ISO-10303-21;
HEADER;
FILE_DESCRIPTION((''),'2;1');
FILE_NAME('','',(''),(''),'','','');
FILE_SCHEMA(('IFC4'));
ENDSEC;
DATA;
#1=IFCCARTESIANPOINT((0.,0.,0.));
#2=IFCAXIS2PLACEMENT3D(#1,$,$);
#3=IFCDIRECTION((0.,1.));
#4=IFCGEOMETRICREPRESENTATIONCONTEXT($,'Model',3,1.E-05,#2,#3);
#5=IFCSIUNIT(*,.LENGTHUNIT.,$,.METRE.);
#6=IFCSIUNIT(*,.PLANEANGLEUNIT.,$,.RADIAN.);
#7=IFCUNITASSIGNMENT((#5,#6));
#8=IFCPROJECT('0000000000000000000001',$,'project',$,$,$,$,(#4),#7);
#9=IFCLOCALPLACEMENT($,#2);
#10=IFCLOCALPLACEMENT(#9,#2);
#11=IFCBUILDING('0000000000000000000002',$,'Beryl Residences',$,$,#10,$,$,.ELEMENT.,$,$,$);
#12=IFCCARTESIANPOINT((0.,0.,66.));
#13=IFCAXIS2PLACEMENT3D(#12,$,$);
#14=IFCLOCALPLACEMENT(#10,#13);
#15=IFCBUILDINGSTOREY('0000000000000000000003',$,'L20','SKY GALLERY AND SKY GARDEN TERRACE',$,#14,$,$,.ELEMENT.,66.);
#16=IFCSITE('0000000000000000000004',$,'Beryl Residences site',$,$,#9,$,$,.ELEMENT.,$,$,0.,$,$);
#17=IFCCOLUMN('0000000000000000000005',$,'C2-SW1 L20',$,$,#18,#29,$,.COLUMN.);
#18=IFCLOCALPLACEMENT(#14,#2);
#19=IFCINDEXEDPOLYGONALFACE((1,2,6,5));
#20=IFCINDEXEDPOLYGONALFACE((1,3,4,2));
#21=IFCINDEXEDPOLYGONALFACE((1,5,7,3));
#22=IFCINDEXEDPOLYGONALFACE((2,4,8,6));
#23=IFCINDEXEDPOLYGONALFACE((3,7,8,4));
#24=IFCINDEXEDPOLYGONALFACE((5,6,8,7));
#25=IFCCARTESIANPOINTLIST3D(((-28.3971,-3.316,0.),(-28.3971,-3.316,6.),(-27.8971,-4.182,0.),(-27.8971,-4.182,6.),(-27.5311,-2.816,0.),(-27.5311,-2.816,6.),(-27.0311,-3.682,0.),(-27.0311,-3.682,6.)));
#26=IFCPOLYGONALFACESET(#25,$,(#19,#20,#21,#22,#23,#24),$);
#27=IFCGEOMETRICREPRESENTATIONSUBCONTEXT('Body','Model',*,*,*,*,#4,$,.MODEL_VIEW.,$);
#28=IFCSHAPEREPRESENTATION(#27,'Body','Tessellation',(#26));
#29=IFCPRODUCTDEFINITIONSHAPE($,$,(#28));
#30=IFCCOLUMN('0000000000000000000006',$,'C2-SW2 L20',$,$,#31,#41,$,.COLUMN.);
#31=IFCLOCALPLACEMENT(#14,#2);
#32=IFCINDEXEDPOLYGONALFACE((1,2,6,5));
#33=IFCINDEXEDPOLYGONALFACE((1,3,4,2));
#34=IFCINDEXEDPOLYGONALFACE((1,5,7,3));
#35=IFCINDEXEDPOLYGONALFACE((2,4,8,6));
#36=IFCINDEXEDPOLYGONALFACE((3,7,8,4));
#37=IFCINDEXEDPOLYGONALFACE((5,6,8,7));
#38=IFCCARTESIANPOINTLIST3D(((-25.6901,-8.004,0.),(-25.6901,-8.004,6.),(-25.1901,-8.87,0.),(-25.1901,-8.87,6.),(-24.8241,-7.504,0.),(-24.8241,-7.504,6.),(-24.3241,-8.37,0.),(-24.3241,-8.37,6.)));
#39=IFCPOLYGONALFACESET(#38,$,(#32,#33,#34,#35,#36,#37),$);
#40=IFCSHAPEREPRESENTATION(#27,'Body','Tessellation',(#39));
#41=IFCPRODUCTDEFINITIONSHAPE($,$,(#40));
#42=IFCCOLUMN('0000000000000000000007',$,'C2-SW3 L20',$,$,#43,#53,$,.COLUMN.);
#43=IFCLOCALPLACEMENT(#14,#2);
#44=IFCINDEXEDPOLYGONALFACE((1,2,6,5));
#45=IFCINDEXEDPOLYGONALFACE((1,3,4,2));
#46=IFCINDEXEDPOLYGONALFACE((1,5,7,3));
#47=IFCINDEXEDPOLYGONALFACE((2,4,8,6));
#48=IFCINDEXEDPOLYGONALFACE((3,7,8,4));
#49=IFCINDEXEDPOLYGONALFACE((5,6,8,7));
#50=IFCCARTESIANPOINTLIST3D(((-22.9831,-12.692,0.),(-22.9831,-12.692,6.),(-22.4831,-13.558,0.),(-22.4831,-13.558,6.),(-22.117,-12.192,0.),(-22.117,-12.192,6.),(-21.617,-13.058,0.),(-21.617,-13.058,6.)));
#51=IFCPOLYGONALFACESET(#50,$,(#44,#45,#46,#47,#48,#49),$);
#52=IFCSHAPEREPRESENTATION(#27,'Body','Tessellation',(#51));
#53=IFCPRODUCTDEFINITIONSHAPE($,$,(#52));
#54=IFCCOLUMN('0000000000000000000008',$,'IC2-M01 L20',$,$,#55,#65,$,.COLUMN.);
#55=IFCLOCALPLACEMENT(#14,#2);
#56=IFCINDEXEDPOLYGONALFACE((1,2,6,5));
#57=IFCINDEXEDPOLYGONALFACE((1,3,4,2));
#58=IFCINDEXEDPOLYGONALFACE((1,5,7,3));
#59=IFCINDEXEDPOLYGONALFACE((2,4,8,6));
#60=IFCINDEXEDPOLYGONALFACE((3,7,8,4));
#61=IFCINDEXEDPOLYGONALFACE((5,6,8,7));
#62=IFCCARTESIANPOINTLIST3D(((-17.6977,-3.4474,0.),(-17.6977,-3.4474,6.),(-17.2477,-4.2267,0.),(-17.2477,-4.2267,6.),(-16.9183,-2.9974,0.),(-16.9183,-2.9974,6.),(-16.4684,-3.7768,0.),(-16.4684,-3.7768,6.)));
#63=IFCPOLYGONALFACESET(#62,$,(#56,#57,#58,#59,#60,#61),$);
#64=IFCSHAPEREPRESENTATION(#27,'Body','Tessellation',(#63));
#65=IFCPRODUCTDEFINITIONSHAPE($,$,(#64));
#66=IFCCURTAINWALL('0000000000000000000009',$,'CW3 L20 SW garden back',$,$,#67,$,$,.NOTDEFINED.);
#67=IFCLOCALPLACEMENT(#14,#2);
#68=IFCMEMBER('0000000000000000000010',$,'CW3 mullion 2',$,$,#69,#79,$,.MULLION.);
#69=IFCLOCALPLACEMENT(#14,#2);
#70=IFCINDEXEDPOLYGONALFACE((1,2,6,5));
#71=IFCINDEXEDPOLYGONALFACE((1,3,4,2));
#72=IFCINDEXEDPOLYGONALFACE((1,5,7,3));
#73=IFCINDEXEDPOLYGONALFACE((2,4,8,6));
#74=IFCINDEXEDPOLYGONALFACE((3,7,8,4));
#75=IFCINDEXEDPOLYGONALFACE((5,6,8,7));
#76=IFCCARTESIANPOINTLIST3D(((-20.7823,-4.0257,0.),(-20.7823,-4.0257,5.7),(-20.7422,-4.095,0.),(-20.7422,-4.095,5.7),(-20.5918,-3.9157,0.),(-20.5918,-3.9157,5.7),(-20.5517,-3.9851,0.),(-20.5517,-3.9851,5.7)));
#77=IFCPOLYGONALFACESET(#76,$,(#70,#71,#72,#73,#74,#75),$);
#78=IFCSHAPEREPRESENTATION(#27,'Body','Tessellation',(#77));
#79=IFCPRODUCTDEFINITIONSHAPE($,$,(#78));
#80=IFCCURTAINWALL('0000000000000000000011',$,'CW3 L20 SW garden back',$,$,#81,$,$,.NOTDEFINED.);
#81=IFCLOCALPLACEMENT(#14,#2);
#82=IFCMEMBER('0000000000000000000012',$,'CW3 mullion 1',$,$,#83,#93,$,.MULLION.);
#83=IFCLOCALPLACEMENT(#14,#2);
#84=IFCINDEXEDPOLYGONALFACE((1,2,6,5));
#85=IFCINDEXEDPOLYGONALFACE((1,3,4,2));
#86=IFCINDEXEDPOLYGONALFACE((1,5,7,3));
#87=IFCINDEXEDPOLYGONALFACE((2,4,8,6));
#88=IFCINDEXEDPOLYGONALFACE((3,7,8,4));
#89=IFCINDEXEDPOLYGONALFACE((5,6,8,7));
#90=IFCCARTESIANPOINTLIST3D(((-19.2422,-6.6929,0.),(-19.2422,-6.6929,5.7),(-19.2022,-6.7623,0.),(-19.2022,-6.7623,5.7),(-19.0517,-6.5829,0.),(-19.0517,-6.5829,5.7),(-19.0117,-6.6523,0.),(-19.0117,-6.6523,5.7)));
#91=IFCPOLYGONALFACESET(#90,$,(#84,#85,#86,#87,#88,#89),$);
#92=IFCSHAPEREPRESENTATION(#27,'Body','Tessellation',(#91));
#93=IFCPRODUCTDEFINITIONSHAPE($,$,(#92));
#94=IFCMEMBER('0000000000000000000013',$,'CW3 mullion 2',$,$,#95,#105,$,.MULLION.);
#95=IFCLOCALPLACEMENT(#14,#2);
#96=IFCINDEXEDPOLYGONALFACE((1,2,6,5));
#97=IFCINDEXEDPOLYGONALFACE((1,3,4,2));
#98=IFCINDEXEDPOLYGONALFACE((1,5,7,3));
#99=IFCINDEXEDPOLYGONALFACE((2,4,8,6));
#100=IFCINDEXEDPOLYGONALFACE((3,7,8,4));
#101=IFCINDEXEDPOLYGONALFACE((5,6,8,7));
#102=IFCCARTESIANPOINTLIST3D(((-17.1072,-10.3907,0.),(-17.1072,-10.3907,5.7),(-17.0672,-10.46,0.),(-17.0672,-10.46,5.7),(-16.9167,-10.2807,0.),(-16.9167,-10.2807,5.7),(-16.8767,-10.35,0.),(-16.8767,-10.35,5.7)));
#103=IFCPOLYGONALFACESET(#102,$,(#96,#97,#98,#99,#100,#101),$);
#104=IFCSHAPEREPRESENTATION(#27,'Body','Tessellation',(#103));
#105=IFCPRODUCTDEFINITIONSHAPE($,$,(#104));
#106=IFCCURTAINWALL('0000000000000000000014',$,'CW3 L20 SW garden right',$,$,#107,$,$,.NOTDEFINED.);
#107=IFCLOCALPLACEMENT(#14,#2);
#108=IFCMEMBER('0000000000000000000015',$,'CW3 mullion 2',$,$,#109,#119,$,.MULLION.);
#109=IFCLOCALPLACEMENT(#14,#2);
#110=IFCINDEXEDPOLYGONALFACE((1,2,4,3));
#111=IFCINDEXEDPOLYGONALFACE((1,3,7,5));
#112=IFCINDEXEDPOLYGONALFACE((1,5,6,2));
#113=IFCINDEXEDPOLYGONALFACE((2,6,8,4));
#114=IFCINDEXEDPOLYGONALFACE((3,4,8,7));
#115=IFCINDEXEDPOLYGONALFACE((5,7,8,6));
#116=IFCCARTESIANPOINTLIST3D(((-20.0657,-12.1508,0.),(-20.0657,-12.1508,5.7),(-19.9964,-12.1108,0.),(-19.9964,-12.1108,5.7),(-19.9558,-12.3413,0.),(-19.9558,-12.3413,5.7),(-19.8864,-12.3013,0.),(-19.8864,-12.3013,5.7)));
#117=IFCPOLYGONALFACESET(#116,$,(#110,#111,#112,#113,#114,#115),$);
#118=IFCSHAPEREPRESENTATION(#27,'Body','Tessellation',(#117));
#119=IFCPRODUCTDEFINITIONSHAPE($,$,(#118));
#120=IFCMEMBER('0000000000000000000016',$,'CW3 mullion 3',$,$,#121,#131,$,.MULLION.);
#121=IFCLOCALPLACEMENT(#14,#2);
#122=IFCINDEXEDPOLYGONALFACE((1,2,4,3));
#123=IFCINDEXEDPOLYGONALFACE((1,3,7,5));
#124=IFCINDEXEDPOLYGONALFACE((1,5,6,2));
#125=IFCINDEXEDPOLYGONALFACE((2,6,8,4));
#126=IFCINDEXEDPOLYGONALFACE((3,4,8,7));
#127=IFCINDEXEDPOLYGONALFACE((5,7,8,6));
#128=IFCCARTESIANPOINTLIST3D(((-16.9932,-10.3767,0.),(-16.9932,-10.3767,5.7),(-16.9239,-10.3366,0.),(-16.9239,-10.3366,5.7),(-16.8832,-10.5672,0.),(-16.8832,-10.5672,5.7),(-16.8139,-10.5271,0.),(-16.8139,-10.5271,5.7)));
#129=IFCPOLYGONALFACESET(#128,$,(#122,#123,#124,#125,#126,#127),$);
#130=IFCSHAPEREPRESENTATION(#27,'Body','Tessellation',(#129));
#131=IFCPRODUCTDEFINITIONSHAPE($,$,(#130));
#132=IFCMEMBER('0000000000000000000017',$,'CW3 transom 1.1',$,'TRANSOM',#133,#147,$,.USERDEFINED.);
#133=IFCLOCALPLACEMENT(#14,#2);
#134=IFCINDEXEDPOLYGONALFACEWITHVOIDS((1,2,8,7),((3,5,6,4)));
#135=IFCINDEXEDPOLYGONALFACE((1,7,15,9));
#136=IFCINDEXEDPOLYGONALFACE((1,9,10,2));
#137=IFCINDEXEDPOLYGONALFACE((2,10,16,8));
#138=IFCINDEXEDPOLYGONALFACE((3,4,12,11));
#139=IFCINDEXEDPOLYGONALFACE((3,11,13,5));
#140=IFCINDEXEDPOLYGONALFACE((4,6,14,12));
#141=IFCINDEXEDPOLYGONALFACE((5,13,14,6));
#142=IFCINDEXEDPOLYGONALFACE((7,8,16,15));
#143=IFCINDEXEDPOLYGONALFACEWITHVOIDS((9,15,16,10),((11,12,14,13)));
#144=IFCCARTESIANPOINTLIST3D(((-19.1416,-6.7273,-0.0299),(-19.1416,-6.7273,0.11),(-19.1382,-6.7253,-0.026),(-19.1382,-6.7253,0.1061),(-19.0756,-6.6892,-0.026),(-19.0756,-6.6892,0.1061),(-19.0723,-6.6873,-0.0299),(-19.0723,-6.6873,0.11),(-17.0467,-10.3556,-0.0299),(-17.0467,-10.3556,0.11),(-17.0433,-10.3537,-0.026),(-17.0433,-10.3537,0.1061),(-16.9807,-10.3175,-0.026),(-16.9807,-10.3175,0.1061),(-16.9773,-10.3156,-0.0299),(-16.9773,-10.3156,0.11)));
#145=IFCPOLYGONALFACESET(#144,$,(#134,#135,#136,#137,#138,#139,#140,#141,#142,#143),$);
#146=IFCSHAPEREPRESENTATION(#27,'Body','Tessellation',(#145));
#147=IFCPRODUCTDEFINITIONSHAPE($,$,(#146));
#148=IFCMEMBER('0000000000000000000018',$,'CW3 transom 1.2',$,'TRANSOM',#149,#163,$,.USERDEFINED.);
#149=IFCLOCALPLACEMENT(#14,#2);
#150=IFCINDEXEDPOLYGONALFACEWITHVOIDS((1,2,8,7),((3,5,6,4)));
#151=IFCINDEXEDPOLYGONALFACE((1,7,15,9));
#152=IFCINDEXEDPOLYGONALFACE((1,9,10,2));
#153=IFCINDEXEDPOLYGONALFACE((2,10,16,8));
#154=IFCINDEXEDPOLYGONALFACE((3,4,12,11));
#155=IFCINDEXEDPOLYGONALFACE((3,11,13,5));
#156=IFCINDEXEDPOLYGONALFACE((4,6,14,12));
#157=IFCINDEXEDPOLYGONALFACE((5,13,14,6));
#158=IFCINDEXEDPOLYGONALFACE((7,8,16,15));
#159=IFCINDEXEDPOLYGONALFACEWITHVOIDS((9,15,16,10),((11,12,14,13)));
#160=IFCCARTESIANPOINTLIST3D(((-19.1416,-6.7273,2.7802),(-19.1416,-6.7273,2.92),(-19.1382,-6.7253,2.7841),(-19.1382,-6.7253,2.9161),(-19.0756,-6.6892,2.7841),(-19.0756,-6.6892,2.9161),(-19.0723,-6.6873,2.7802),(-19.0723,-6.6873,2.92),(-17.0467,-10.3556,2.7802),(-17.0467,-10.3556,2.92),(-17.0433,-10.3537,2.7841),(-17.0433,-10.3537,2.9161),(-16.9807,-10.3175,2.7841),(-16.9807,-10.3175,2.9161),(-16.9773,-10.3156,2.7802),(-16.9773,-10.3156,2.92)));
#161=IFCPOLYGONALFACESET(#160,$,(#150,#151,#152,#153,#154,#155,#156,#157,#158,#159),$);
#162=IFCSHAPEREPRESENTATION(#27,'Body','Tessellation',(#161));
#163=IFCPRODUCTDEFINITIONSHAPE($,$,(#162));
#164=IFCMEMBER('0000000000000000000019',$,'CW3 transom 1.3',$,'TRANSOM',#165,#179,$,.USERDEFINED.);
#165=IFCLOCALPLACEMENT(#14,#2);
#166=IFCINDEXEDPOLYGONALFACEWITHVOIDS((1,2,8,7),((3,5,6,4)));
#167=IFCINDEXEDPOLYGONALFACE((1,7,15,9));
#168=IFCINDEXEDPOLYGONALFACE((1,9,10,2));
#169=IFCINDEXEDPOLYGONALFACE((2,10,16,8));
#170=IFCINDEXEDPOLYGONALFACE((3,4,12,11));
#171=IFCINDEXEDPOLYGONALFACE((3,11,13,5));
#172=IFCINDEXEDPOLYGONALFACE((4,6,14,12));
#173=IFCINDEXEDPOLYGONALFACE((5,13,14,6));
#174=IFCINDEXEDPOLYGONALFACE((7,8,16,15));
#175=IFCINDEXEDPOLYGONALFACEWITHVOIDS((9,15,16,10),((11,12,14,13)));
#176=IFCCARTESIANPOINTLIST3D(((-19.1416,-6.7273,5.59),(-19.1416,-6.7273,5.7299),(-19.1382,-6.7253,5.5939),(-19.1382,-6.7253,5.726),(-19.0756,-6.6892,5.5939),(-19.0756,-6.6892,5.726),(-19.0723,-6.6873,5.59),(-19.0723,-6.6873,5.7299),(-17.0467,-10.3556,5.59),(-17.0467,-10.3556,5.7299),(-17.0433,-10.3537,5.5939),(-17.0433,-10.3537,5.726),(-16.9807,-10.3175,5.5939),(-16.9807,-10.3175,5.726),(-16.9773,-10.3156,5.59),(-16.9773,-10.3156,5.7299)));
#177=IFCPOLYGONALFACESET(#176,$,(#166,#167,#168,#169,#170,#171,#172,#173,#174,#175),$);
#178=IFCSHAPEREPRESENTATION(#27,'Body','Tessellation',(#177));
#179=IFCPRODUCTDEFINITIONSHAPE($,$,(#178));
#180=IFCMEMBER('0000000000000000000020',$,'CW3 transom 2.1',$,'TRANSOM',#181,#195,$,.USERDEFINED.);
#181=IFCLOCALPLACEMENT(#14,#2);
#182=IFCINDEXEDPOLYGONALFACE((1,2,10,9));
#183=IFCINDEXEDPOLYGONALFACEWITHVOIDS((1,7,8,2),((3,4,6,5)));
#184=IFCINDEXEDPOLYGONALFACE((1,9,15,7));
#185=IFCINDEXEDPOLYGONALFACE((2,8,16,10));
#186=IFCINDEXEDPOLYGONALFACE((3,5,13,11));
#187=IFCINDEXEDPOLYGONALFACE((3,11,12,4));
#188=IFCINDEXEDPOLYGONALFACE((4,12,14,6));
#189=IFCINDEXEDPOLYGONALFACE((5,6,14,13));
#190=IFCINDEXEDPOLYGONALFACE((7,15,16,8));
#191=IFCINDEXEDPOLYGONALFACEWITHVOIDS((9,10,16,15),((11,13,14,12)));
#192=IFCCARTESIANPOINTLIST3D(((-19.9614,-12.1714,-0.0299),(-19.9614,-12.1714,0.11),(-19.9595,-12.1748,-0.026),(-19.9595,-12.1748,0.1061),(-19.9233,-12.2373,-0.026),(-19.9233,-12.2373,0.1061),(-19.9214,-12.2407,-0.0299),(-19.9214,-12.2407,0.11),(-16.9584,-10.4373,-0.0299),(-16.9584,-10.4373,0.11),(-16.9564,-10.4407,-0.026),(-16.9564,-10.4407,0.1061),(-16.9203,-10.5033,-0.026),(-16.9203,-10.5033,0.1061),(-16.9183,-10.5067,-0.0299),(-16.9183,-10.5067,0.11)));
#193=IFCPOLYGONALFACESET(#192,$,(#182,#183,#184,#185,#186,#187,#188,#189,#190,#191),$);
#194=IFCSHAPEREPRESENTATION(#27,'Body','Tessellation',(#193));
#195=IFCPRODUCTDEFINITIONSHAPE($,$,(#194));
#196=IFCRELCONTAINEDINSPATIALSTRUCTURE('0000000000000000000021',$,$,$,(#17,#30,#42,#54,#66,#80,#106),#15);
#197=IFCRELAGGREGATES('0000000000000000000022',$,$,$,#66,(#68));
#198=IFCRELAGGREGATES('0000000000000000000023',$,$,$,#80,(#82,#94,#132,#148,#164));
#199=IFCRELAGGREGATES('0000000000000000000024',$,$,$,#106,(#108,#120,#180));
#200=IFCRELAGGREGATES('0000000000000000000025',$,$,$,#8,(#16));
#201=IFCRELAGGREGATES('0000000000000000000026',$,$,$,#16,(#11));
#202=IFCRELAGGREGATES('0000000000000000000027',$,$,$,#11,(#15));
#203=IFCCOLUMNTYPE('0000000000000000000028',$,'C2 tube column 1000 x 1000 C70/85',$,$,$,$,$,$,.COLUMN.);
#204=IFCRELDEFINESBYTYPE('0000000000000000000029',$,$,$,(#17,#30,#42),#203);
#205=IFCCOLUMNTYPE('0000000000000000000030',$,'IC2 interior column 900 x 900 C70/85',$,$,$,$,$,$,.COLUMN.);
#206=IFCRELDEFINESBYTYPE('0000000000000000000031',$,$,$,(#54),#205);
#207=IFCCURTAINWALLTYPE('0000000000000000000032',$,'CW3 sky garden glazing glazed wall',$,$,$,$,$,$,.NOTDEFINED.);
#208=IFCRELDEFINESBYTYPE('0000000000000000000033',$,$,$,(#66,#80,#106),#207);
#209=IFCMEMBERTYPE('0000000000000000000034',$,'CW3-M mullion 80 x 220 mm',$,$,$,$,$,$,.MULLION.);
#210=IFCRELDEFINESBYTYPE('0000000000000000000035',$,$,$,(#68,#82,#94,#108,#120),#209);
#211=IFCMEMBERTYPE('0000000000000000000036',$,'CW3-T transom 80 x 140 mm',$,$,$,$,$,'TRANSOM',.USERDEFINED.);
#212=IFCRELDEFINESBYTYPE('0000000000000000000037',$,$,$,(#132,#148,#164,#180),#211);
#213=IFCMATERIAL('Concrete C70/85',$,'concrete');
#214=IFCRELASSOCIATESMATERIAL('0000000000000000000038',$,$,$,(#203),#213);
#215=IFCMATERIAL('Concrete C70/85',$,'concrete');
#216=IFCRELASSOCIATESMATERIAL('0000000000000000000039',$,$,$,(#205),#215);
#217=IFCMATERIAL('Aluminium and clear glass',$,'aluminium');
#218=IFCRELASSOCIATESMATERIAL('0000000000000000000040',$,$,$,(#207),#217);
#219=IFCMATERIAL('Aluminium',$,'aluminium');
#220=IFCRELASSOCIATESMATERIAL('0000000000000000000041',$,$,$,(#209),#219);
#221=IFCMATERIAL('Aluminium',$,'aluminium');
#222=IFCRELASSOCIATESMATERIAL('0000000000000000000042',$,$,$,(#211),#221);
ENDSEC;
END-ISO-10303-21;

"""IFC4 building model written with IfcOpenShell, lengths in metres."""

from ifc_helpers import new_model, si_unit, direction, frame, origin, origin_2d, place, context, subcontext, project, spatial, rectangle, hollow_rectangle, extrude, material, material_profile, profile_set, type_object, element, aggregate, save


model = new_model("IFC4")

# Units and contexts
model_context = context("Model", 3, precision=1e-05, world=origin(), true_north=direction((0.0, 1.0)))
body_context = subcontext(model_context, "Body", "Model", "MODEL_VIEW")
ifc_project = project(units=[si_unit("LENGTHUNIT", "METRE"), si_unit("PLANEANGLEUNIT", "RADIAN")], contexts=[model_context])

# Site, building, storey
site_placement = place(None, origin())
site = spatial("IfcSite", under=ifc_project, at=site_placement, Name="Beryl Residences site", CompositionType="ELEMENT", RefElevation=0.0)
building_placement = place(site_placement, origin())
building = spatial("IfcBuilding", under=site, at=building_placement, Name="Beryl Residences", CompositionType="ELEMENT")
storey_placement = place(building_placement, frame((0.0, 0.0, 66.0)))
storey = spatial("IfcBuildingStorey", under=building, at=storey_placement, Name="L20", Description="SKY GALLERY AND SKY GARDEN TERRACE", CompositionType="ELEMENT", Elevation=66.0)

# Columns
ifc_material_1 = material(Name="Concrete C70/85", Category="concrete")
ifc_material_profile_1 = material_profile(ifc_material_1, rectangle(XDim=1.0, YDim=1.0, at=origin_2d()))
ifc_profile_set_1 = profile_set([ifc_material_profile_1], Name="Concrete C70/85")
column_type_1 = type_object("IfcColumnType", Name="C2 tube column 1000 x 1000 C70/85", PredefinedType="COLUMN", material=ifc_profile_set_1)
for number, where, z_axis, x_axis, name in (
    (1, (-27.7141, -3.499, 0.0), (0.0, 0.0, 1.0), (0.5, -0.866025, 0.0), "C2-SW1 L20"),
    (2, (-25.0071, -8.187, 0.0), (0.0, 0.0, 1.0), (0.5, -0.866025, 0.0), "C2-SW2 L20"),
    (3, (-22.3, -12.875, 0.0), (0.0, 0.0, 1.0), (0.5, -0.866025, 0.0), "C2-SW3 L20"),
):
    element("IfcColumn", number, at=place(storey_placement, frame(where, z_axis=z_axis, x_axis=x_axis)), inside=storey, type_object=column_type_1, Name=name, PredefinedType="COLUMN", context=body_context, shape_type="SweptSolid", body=[
        extrude(rectangle(XDim=1.0, YDim=1.0, at=origin_2d()), origin(), (0.0, 0.0, 1.0), 6.0),
    ])
ifc_material_2 = material(Name="Concrete C70/85", Category="concrete")
ifc_material_profile_2 = material_profile(ifc_material_2, rectangle(XDim=0.8999, YDim=0.8999, at=origin_2d()))
ifc_profile_set_2 = profile_set([ifc_material_profile_2], Name="Concrete C70/85")
column_type_2 = type_object("IfcColumnType", Name="IC2 interior column 900 x 900 C70/85", PredefinedType="COLUMN", material=ifc_profile_set_2)
column_placement = place(storey_placement, frame((-17.083, -3.6121, 0.0), z_axis=(0.0, 0.0, 1.0), x_axis=(0.5, -0.866025, 0.0)))
element("IfcColumn", 4, at=column_placement, inside=storey, type_object=column_type_2, Name="IC2-M01 L20", PredefinedType="COLUMN", context=body_context, shape_type="SweptSolid", body=[
    extrude(rectangle(XDim=0.8999, YDim=0.8999, at=origin_2d()), origin(), (0.0, 0.0, 1.0), 6.0),
])

# Curtain wall, member
ifc_material_3 = material(Name="Aluminium and clear glass", Category="aluminium")
curtain_wall_type = type_object("IfcCurtainWallType", Name="CW3 sky garden glazing glazed wall", PredefinedType="NOTDEFINED", material=ifc_material_3)
curtain_wall_1_placement = place(storey_placement, origin())
curtain_wall_1 = element("IfcCurtainWall", 5, at=curtain_wall_1_placement, inside=storey, type_object=curtain_wall_type, Name="CW3 L20 SW garden back", PredefinedType="NOTDEFINED")
ifc_material_4 = material(Name="Aluminium", Category="aluminium")
ifc_material_profile_3 = material_profile(ifc_material_4, rectangle(XDim=0.0801, YDim=0.22, at=origin_2d()))
ifc_profile_set_3 = profile_set([ifc_material_profile_3], Name="Aluminium")
member_type_1 = type_object("IfcMemberType", Name="CW3-M mullion 80 x 220 mm", PredefinedType="MULLION", material=ifc_profile_set_3)
member_1_placement = place(storey_placement, frame((-20.667, -4.0054, 0.0), z_axis=(0.0, 0.0, 1.0), x_axis=(0.499948, -0.866055, 0.0)))
member_1 = element("IfcMember", 6, at=member_1_placement, type_object=member_type_1, Name="CW3 mullion 2", PredefinedType="MULLION", context=body_context, shape_type="SweptSolid", body=[
    extrude(rectangle(XDim=0.0801, YDim=0.22, at=origin_2d()), origin(), (0.0, 0.0, 1.0), 5.7),
])
aggregate(curtain_wall_1, [member_1])

# Curtain walls, members
curtain_wall_2_placement = place(storey_placement, origin())
curtain_wall_2 = element("IfcCurtainWall", 7, at=curtain_wall_2_placement, inside=storey, type_object=curtain_wall_type, Name="CW3 L20 SW garden back", PredefinedType="NOTDEFINED")
member_2_placement = place(storey_placement, frame((-19.127, -6.6726, 0.0), z_axis=(0.0, 0.0, 1.0), x_axis=(0.500021, -0.866013, 0.0)))
member_2 = element("IfcMember", 8, at=member_2_placement, type_object=member_type_1, Name="CW3 mullion 1", PredefinedType="MULLION", context=body_context, shape_type="SweptSolid", body=[
    extrude(rectangle(XDim=0.0801, YDim=0.22, at=origin_2d()), origin(), (0.0, 0.0, 1.0), 5.7),
])
member_3_placement = place(storey_placement, frame((-16.9919, -10.3704, 0.0), z_axis=(0.0, 0.0, 1.0), x_axis=(0.500021, -0.866013, 0.0)))
member_3 = element("IfcMember", 9, at=member_3_placement, type_object=member_type_1, Name="CW3 mullion 2", PredefinedType="MULLION", context=body_context, shape_type="SweptSolid", body=[
    extrude(rectangle(XDim=0.0801, YDim=0.22, at=origin_2d()), origin(), (0.0, 0.0, 1.0), 5.7),
])
curtain_wall_3_placement = place(storey_placement, origin())
curtain_wall_3 = element("IfcCurtainWall", 10, at=curtain_wall_3_placement, inside=storey, type_object=curtain_wall_type, Name="CW3 L20 SW garden right", PredefinedType="NOTDEFINED")
member_4_placement = place(storey_placement, frame((-19.9761, -12.2261, 0.0), z_axis=(0.0, 0.0, 1.0), x_axis=(0.866005, 0.500036, 0.0)))
member_4 = element("IfcMember", 11, at=member_4_placement, type_object=member_type_1, Name="CW3 mullion 2", PredefinedType="MULLION", context=body_context, shape_type="SweptSolid", body=[
    extrude(rectangle(XDim=0.0801, YDim=0.22, at=origin_2d()), origin(), (0.0, 0.0, 1.0), 5.7),
])
member_5_placement = place(storey_placement, frame((-16.9036, -10.4519, 0.0), z_axis=(0.0, 0.0, 1.0), x_axis=(0.866005, 0.500036, 0.0)))
member_5 = element("IfcMember", 12, at=member_5_placement, type_object=member_type_1, Name="CW3 mullion 3", PredefinedType="MULLION", context=body_context, shape_type="SweptSolid", body=[
    extrude(rectangle(XDim=0.0801, YDim=0.22, at=origin_2d()), origin(), (0.0, 0.0, 1.0), 5.7),
])

# Members
ifc_material_5 = material(Name="Aluminium", Category="aluminium")
ifc_material_profile_4 = material_profile(ifc_material_5, hollow_rectangle(XDim=0.0801, YDim=0.1399, WallThickness=0.0039, at=origin_2d()))
ifc_profile_set_4 = profile_set([ifc_material_profile_4], Name="Aluminium")
member_type_2 = type_object("IfcMemberType", Name="CW3-T transom 80 x 140 mm", ElementType="TRANSOM", PredefinedType="USERDEFINED", material=ifc_profile_set_4)
member_6_placement = place(storey_placement, frame((-19.1069, -6.7073, 0.04), z_axis=(0.500018, -0.866015, 0.0), x_axis=(0.866015, 0.500018, 0.0)))
member_6 = element("IfcMember", 13, at=member_6_placement, type_object=member_type_2, Name="CW3 transom 1.1", ObjectType="TRANSOM", PredefinedType="USERDEFINED", context=body_context, shape_type="SweptSolid", body=[
    extrude(hollow_rectangle(XDim=0.0801, YDim=0.1399, WallThickness=0.0039, at=origin_2d()), origin(), (0.0, 0.0, 1.0), 4.1897),
])
member_7_placement = place(storey_placement, frame((-19.1069, -6.7073, 2.8501), z_axis=(0.500018, -0.866015, 0.0), x_axis=(0.866015, 0.500018, 0.0)))
member_7 = element("IfcMember", 14, at=member_7_placement, type_object=member_type_2, Name="CW3 transom 1.2", ObjectType="TRANSOM", PredefinedType="USERDEFINED", context=body_context, shape_type="SweptSolid", body=[
    extrude(hollow_rectangle(XDim=0.0801, YDim=0.1399, WallThickness=0.0039, at=origin_2d()), origin(), (0.0, 0.0, 1.0), 4.1897),
])
member_8_placement = place(storey_placement, frame((-19.1069, -6.7073, 5.6599), z_axis=(0.500018, -0.866015, 0.0), x_axis=(0.866015, 0.500018, 0.0)))
member_8 = element("IfcMember", 15, at=member_8_placement, type_object=member_type_2, Name="CW3 transom 1.3", ObjectType="TRANSOM", PredefinedType="USERDEFINED", context=body_context, shape_type="SweptSolid", body=[
    extrude(hollow_rectangle(XDim=0.0801, YDim=0.1399, WallThickness=0.0039, at=origin_2d()), origin(), (0.0, 0.0, 1.0), 4.1897),
])
member_9_placement = place(storey_placement, frame((-19.9414, -12.2061, 0.04), z_axis=(0.865994, 0.500054, 0.0), x_axis=(-0.500054, 0.865994, 0.0)))
member_9 = element("IfcMember", 16, at=member_9_placement, type_object=member_type_2, Name="CW3 transom 2.1", ObjectType="TRANSOM", PredefinedType="USERDEFINED", context=body_context, shape_type="SweptSolid", body=[
    extrude(hollow_rectangle(XDim=0.0801, YDim=0.1399, WallThickness=0.0039, at=origin_2d()), origin(), (0.0, 0.0, 1.0), 3.4678),
])

aggregate(curtain_wall_2, [member_2, member_3, member_6, member_7, member_8])
aggregate(curtain_wall_3, [member_4, member_5, member_9])

save(model, "model.ifc")
